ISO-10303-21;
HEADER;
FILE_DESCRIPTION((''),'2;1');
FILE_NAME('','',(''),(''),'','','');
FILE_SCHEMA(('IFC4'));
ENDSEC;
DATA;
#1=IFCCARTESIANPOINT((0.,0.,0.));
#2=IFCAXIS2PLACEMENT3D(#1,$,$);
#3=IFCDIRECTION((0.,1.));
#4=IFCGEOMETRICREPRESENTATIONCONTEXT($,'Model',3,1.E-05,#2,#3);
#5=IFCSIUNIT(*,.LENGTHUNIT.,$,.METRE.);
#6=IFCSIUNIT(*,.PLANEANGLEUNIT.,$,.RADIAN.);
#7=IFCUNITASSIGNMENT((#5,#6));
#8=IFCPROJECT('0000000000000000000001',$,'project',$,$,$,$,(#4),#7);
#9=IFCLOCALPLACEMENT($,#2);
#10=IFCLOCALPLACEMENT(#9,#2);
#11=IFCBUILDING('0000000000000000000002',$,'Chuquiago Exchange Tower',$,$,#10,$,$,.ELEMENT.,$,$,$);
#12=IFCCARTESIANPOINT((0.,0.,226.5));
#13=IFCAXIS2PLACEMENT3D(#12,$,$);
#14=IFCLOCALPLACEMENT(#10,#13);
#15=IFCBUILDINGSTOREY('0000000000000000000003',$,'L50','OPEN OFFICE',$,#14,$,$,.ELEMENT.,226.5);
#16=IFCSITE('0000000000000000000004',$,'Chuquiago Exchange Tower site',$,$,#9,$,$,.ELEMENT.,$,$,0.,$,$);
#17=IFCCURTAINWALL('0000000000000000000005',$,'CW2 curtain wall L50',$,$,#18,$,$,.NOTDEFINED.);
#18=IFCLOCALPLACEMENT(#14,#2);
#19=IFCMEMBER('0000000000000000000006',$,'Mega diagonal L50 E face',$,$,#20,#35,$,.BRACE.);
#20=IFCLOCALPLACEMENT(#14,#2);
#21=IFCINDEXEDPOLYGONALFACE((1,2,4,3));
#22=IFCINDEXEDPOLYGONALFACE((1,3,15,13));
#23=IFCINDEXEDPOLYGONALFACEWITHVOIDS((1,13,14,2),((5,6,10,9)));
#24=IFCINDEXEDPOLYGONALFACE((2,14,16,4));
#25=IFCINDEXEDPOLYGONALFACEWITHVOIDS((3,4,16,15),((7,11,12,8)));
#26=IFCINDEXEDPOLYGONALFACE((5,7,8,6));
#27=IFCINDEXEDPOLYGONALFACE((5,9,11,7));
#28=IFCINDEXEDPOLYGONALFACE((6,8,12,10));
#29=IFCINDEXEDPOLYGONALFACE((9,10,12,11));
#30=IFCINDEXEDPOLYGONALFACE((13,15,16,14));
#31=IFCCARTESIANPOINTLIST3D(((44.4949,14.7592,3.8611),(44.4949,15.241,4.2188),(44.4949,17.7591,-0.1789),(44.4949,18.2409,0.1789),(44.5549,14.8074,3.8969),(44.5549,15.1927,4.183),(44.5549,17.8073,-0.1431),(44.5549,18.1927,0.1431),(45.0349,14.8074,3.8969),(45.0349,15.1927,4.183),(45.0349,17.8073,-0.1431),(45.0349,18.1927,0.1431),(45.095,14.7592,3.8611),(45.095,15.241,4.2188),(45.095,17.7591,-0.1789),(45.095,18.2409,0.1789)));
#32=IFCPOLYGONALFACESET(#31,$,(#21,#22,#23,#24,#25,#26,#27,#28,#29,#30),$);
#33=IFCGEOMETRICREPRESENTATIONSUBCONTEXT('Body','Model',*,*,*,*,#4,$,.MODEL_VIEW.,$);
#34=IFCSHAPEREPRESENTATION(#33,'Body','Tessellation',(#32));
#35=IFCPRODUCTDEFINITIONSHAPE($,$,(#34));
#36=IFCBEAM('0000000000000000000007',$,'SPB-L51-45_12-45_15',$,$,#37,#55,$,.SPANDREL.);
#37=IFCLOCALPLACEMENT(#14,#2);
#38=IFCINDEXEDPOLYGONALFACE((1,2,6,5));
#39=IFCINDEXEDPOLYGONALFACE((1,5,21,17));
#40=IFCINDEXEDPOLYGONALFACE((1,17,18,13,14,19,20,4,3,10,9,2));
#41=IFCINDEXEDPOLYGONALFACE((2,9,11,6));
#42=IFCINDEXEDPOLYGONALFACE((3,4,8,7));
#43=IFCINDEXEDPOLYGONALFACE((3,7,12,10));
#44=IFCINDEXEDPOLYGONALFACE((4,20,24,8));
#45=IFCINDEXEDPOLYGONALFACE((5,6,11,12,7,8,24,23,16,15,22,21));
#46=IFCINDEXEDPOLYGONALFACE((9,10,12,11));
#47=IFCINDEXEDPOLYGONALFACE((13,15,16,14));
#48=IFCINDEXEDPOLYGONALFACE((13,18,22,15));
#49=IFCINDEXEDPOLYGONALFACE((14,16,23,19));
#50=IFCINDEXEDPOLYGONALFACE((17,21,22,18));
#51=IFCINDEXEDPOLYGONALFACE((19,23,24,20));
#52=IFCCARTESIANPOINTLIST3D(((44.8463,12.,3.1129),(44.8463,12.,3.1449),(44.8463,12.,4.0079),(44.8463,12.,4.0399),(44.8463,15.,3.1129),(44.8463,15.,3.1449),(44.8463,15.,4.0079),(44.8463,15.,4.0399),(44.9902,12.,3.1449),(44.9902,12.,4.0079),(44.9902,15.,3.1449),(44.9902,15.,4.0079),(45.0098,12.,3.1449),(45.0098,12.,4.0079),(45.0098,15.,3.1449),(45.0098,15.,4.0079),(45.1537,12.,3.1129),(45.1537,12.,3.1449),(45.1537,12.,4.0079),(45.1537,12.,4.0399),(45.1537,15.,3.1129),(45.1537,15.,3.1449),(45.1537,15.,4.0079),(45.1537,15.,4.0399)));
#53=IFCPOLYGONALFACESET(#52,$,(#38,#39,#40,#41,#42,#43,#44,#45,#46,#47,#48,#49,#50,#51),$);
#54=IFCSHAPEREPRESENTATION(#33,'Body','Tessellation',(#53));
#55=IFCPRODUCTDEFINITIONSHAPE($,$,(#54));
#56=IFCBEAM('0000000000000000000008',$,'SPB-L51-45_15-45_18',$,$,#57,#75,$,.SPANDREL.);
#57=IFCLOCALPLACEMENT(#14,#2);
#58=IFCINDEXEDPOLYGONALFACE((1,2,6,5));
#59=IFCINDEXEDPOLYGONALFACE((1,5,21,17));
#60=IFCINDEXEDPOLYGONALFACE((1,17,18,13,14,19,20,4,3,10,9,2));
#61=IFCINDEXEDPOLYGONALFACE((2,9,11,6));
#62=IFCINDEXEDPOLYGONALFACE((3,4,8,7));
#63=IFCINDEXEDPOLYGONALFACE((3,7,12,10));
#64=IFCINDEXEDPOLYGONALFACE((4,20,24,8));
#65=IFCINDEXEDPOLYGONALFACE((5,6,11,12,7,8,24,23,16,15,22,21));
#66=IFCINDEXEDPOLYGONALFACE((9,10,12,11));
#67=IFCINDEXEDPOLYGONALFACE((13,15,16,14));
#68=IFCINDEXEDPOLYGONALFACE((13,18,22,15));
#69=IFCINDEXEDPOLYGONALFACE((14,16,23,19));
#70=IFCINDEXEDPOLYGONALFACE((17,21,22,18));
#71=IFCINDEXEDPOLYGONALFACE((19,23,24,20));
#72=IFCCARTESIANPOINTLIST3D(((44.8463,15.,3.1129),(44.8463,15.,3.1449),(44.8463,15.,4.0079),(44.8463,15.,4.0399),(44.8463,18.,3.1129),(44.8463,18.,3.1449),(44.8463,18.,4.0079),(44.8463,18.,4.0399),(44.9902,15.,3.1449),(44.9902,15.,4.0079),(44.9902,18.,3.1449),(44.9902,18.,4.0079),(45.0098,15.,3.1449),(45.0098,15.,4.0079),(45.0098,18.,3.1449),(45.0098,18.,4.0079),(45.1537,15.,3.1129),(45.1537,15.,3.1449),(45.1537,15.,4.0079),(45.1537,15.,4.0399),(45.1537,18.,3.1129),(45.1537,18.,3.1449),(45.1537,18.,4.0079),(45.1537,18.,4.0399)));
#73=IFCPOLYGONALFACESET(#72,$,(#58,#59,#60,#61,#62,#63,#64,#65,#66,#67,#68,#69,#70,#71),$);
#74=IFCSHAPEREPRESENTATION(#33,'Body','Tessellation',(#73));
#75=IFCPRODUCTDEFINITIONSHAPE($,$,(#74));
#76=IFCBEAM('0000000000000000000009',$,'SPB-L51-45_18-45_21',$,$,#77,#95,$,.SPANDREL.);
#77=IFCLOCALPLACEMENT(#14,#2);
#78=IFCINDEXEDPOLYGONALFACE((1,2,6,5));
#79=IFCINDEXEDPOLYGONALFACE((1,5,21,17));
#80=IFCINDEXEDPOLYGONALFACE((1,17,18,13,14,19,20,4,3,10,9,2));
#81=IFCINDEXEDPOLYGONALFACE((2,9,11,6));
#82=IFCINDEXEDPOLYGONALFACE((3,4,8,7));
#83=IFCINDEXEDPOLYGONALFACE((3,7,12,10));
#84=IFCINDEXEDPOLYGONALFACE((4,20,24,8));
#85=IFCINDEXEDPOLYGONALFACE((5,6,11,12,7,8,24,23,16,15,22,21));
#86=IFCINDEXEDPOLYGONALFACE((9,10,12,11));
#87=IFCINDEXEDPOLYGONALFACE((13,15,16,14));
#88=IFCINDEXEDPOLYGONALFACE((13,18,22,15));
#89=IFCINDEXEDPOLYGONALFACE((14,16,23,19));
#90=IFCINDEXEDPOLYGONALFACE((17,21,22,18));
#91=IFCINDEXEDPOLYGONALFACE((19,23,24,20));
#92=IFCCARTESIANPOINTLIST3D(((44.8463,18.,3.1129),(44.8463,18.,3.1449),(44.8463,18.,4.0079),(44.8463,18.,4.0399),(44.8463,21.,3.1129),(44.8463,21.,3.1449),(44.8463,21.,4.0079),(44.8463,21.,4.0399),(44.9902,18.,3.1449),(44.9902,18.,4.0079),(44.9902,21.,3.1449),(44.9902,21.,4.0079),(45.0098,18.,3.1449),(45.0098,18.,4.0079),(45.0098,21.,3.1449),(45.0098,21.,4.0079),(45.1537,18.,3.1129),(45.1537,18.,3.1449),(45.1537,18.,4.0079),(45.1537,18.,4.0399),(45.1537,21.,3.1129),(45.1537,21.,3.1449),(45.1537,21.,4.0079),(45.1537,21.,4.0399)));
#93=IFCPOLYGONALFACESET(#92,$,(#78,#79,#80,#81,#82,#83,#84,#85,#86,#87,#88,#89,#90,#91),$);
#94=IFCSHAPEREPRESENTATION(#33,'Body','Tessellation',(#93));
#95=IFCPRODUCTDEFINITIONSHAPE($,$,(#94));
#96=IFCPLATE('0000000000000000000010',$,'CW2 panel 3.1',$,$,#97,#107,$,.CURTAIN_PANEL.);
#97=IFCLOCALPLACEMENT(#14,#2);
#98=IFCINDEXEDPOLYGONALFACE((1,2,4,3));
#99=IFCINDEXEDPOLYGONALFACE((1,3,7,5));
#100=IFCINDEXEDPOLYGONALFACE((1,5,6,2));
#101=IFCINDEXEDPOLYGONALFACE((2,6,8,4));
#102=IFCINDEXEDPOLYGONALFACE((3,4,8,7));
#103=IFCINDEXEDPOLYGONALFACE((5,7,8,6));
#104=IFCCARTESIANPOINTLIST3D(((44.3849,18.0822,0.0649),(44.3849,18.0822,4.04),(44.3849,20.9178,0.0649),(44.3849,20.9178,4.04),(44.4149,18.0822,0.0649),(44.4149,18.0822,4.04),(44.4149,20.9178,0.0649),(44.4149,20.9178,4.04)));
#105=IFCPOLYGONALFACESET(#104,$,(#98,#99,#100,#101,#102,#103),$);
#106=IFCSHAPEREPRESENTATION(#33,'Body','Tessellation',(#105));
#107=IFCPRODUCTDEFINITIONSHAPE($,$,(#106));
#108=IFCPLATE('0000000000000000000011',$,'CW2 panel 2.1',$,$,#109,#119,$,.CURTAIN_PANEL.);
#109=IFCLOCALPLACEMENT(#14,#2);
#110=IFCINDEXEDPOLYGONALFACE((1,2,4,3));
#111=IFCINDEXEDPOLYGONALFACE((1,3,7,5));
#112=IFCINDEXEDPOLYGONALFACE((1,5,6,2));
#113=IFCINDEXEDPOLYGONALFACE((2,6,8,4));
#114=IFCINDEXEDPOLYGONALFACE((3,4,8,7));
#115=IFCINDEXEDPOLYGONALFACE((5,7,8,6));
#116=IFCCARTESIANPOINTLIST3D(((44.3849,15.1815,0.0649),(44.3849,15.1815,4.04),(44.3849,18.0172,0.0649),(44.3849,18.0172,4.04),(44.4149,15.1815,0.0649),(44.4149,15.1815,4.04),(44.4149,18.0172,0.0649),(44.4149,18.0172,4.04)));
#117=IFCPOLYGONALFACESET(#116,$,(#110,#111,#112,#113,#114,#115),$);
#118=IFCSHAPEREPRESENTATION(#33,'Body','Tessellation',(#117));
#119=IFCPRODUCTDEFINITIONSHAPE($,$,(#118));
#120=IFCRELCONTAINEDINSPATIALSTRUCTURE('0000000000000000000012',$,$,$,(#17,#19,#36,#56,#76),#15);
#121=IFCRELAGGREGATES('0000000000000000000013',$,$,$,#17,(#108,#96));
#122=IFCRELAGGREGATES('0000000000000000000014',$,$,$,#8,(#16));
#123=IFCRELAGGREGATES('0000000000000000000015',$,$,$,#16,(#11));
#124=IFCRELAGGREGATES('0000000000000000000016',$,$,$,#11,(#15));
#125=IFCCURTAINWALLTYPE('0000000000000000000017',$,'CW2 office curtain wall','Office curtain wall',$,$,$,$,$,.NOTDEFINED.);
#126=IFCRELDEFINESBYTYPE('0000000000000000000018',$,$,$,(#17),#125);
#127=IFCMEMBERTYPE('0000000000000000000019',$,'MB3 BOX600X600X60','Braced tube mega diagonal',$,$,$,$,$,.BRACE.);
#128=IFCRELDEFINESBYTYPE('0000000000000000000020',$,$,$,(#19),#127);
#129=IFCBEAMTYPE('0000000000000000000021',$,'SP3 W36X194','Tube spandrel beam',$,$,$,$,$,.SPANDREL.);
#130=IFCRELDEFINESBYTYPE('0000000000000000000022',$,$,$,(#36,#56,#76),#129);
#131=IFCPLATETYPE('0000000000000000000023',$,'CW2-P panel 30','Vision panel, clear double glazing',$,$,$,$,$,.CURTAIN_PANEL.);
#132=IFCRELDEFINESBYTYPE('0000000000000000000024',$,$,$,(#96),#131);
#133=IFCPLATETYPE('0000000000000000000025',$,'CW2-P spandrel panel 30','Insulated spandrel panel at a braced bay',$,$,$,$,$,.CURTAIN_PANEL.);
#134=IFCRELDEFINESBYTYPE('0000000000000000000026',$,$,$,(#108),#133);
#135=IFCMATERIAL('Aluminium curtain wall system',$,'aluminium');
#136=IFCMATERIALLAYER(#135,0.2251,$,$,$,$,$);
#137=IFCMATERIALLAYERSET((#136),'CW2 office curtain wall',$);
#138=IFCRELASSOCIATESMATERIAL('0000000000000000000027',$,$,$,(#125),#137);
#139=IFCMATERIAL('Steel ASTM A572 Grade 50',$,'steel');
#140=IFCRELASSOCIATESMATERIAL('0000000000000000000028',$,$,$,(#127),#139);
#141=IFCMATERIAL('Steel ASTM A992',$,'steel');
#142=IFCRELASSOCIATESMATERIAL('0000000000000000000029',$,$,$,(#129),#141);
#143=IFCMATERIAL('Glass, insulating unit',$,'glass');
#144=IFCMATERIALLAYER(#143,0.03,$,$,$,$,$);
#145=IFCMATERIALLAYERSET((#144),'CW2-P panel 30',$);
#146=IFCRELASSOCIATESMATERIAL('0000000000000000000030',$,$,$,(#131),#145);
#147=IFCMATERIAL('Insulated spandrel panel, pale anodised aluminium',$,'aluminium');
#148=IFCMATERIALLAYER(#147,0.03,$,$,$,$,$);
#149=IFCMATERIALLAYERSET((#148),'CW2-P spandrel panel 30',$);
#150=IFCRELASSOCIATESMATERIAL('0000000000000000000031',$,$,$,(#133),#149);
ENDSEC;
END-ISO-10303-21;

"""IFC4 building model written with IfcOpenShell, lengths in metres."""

from ifc_helpers import new_model, si_unit, direction, frame, origin, origin_2d, place, context, subcontext, project, spatial, rectangle, hollow_rectangle, i_section, extrude, material, layer, layer_set, material_profile, profile_set, type_object, element, aggregate, save


model = new_model("IFC4")

# Units and contexts
model_context = context("Model", 3, precision=1e-05, world=origin(), true_north=direction((0.0, 1.0)))
body_context = subcontext(model_context, "Body", "Model", "MODEL_VIEW")
ifc_project = project(units=[si_unit("LENGTHUNIT", "METRE"), si_unit("PLANEANGLEUNIT", "RADIAN")], contexts=[model_context])

# Site, building, storey
site_placement = place(None, origin())
site = spatial("IfcSite", under=ifc_project, at=site_placement, Name="Chuquiago Exchange Tower site", CompositionType="ELEMENT", RefElevation=0.0)
building_placement = place(site_placement, origin())
building = spatial("IfcBuilding", under=site, at=building_placement, Name="Chuquiago Exchange Tower", CompositionType="ELEMENT")
storey_placement = place(building_placement, frame((0.0, 0.0, 226.5)))
storey = spatial("IfcBuildingStorey", under=building, at=storey_placement, Name="L50", Description="OPEN OFFICE", CompositionType="ELEMENT", Elevation=226.5)

# Curtain wall
ifc_material_1 = material(Name="Aluminium curtain wall system", Category="aluminium")
ifc_layer_1 = layer(ifc_material_1, 0.2251)
ifc_layer_set_1 = layer_set([ifc_layer_1], Name="CW2 office curtain wall")
curtain_wall_type = type_object("IfcCurtainWallType", Name="CW2 office curtain wall", Description="Office curtain wall", PredefinedType="NOTDEFINED", material=ifc_layer_set_1)
curtain_wall_placement = place(storey_placement, origin())
curtain_wall = element("IfcCurtainWall", 1, at=curtain_wall_placement, inside=storey, type_object=curtain_wall_type, Name="CW2 curtain wall L50", PredefinedType="NOTDEFINED")

# Member
ifc_material_2 = material(Name="Steel ASTM A572 Grade 50", Category="steel")
ifc_material_profile_1 = material_profile(ifc_material_2, hollow_rectangle(XDim=0.6001, YDim=0.6001, WallThickness=0.0601, at=origin_2d()), Name="BOX600X600X60")
ifc_profile_set_1 = profile_set([ifc_material_profile_1], Name="Steel ASTM A572 Grade 50")
member_type_1 = type_object("IfcMemberType", Name="MB3 BOX600X600X60", Description="Braced tube mega diagonal", PredefinedType="BRACE", material=ifc_profile_set_1)
for number, where, z_axis, x_axis, name in (
    (2, (44.7949, 18.0, 0.0), (0.0, -0.596174, 0.802855), (1.0, 0.0, 0.0), "Mega diagonal L50 E face"),
):
    element("IfcMember", number, at=place(storey_placement, frame(where, z_axis=z_axis, x_axis=x_axis)), inside=storey, type_object=member_type_1, Name=name, PredefinedType="BRACE", context=body_context, shape_type="SweptSolid", body=[
        extrude(hollow_rectangle(XDim=0.6001, YDim=0.6001, WallThickness=0.0601, at=origin_2d()), origin(), (0.0, 0.0, 1.0), 5.032),
    ])

# Beams
ifc_material_3 = material(Name="Steel ASTM A992", Category="steel")
ifc_material_profile_2 = material_profile(ifc_material_3, i_section(OverallWidth=0.3074, OverallDepth=0.927, WebThickness=0.0195, FlangeThickness=0.032, at=origin_2d()), Name="W36X194")
ifc_profile_set_2 = profile_set([ifc_material_profile_2], Name="Steel ASTM A992")
beam_type = type_object("IfcBeamType", Name="SP3 W36X194", Description="Tube spandrel beam", PredefinedType="SPANDREL", material=ifc_profile_set_2)
for number, where, z_axis, x_axis, name in (
    (3, (45.0, 12.0, 3.5764), (0.0, 1.0, 0.0), (-1.0, 0.0, 0.0), "SPB-L51-45_12-45_15"),
    (4, (45.0, 15.0, 3.5764), (0.0, 1.0, 0.0), (-1.0, 0.0, 0.0), "SPB-L51-45_15-45_18"),
    (5, (45.0, 18.0, 3.5764), (0.0, 1.0, 0.0), (-1.0, 0.0, 0.0), "SPB-L51-45_18-45_21"),
):
    element("IfcBeam", number, at=place(storey_placement, frame(where, z_axis=z_axis, x_axis=x_axis)), inside=storey, type_object=beam_type, Name=name, PredefinedType="SPANDREL", context=body_context, shape_type="SweptSolid", body=[
        extrude(i_section(OverallWidth=0.3074, OverallDepth=0.927, WebThickness=0.0195, FlangeThickness=0.032, at=origin_2d()), origin(), (0.0, 0.0, 1.0), 3.0),
    ])

# Plates
ifc_material_4 = material(Name="Glass, insulating unit", Category="glass")
ifc_layer_2 = layer(ifc_material_4, 0.03)
ifc_layer_set_2 = layer_set([ifc_layer_2], Name="CW2-P panel 30")
plate_type_1 = type_object("IfcPlateType", Name="CW2-P panel 30", Description="Vision panel, clear double glazing", PredefinedType="CURTAIN_PANEL", material=ifc_layer_set_2)
plate_1_placement = place(storey_placement, frame((44.3999, 19.5, 0.0649), z_axis=(0.0, 0.0, 1.0), x_axis=(0.0, 1.0, 0.0)))
plate_1 = element("IfcPlate", 6, at=plate_1_placement, type_object=plate_type_1, Name="CW2 panel 3.1", PredefinedType="CURTAIN_PANEL", context=body_context, shape_type="SweptSolid", body=[
    extrude(rectangle(XDim=2.8357, YDim=0.03, at=origin_2d()), origin(), (0.0, 0.0, 1.0), 3.9751),
])
ifc_material_5 = material(Name="Insulated spandrel panel, pale anodised aluminium", Category="aluminium")
ifc_layer_3 = layer(ifc_material_5, 0.03)
ifc_layer_set_3 = layer_set([ifc_layer_3], Name="CW2-P spandrel panel 30")
plate_type_2 = type_object("IfcPlateType", Name="CW2-P spandrel panel 30", Description="Insulated spandrel panel at a braced bay", PredefinedType="CURTAIN_PANEL", material=ifc_layer_set_3)
plate_2_placement = place(storey_placement, frame((44.3999, 16.5994, 0.0649), z_axis=(0.0, 0.0, 1.0), x_axis=(0.0, 1.0, 0.0)))
plate_2 = element("IfcPlate", 7, at=plate_2_placement, type_object=plate_type_2, Name="CW2 panel 2.1", PredefinedType="CURTAIN_PANEL", context=body_context, shape_type="SweptSolid", body=[
    extrude(rectangle(XDim=2.8357, YDim=0.03, at=origin_2d()), origin(), (0.0, 0.0, 1.0), 3.9751),
])
aggregate(curtain_wall, [plate_2, plate_1])

save(model, "model.ifc")
